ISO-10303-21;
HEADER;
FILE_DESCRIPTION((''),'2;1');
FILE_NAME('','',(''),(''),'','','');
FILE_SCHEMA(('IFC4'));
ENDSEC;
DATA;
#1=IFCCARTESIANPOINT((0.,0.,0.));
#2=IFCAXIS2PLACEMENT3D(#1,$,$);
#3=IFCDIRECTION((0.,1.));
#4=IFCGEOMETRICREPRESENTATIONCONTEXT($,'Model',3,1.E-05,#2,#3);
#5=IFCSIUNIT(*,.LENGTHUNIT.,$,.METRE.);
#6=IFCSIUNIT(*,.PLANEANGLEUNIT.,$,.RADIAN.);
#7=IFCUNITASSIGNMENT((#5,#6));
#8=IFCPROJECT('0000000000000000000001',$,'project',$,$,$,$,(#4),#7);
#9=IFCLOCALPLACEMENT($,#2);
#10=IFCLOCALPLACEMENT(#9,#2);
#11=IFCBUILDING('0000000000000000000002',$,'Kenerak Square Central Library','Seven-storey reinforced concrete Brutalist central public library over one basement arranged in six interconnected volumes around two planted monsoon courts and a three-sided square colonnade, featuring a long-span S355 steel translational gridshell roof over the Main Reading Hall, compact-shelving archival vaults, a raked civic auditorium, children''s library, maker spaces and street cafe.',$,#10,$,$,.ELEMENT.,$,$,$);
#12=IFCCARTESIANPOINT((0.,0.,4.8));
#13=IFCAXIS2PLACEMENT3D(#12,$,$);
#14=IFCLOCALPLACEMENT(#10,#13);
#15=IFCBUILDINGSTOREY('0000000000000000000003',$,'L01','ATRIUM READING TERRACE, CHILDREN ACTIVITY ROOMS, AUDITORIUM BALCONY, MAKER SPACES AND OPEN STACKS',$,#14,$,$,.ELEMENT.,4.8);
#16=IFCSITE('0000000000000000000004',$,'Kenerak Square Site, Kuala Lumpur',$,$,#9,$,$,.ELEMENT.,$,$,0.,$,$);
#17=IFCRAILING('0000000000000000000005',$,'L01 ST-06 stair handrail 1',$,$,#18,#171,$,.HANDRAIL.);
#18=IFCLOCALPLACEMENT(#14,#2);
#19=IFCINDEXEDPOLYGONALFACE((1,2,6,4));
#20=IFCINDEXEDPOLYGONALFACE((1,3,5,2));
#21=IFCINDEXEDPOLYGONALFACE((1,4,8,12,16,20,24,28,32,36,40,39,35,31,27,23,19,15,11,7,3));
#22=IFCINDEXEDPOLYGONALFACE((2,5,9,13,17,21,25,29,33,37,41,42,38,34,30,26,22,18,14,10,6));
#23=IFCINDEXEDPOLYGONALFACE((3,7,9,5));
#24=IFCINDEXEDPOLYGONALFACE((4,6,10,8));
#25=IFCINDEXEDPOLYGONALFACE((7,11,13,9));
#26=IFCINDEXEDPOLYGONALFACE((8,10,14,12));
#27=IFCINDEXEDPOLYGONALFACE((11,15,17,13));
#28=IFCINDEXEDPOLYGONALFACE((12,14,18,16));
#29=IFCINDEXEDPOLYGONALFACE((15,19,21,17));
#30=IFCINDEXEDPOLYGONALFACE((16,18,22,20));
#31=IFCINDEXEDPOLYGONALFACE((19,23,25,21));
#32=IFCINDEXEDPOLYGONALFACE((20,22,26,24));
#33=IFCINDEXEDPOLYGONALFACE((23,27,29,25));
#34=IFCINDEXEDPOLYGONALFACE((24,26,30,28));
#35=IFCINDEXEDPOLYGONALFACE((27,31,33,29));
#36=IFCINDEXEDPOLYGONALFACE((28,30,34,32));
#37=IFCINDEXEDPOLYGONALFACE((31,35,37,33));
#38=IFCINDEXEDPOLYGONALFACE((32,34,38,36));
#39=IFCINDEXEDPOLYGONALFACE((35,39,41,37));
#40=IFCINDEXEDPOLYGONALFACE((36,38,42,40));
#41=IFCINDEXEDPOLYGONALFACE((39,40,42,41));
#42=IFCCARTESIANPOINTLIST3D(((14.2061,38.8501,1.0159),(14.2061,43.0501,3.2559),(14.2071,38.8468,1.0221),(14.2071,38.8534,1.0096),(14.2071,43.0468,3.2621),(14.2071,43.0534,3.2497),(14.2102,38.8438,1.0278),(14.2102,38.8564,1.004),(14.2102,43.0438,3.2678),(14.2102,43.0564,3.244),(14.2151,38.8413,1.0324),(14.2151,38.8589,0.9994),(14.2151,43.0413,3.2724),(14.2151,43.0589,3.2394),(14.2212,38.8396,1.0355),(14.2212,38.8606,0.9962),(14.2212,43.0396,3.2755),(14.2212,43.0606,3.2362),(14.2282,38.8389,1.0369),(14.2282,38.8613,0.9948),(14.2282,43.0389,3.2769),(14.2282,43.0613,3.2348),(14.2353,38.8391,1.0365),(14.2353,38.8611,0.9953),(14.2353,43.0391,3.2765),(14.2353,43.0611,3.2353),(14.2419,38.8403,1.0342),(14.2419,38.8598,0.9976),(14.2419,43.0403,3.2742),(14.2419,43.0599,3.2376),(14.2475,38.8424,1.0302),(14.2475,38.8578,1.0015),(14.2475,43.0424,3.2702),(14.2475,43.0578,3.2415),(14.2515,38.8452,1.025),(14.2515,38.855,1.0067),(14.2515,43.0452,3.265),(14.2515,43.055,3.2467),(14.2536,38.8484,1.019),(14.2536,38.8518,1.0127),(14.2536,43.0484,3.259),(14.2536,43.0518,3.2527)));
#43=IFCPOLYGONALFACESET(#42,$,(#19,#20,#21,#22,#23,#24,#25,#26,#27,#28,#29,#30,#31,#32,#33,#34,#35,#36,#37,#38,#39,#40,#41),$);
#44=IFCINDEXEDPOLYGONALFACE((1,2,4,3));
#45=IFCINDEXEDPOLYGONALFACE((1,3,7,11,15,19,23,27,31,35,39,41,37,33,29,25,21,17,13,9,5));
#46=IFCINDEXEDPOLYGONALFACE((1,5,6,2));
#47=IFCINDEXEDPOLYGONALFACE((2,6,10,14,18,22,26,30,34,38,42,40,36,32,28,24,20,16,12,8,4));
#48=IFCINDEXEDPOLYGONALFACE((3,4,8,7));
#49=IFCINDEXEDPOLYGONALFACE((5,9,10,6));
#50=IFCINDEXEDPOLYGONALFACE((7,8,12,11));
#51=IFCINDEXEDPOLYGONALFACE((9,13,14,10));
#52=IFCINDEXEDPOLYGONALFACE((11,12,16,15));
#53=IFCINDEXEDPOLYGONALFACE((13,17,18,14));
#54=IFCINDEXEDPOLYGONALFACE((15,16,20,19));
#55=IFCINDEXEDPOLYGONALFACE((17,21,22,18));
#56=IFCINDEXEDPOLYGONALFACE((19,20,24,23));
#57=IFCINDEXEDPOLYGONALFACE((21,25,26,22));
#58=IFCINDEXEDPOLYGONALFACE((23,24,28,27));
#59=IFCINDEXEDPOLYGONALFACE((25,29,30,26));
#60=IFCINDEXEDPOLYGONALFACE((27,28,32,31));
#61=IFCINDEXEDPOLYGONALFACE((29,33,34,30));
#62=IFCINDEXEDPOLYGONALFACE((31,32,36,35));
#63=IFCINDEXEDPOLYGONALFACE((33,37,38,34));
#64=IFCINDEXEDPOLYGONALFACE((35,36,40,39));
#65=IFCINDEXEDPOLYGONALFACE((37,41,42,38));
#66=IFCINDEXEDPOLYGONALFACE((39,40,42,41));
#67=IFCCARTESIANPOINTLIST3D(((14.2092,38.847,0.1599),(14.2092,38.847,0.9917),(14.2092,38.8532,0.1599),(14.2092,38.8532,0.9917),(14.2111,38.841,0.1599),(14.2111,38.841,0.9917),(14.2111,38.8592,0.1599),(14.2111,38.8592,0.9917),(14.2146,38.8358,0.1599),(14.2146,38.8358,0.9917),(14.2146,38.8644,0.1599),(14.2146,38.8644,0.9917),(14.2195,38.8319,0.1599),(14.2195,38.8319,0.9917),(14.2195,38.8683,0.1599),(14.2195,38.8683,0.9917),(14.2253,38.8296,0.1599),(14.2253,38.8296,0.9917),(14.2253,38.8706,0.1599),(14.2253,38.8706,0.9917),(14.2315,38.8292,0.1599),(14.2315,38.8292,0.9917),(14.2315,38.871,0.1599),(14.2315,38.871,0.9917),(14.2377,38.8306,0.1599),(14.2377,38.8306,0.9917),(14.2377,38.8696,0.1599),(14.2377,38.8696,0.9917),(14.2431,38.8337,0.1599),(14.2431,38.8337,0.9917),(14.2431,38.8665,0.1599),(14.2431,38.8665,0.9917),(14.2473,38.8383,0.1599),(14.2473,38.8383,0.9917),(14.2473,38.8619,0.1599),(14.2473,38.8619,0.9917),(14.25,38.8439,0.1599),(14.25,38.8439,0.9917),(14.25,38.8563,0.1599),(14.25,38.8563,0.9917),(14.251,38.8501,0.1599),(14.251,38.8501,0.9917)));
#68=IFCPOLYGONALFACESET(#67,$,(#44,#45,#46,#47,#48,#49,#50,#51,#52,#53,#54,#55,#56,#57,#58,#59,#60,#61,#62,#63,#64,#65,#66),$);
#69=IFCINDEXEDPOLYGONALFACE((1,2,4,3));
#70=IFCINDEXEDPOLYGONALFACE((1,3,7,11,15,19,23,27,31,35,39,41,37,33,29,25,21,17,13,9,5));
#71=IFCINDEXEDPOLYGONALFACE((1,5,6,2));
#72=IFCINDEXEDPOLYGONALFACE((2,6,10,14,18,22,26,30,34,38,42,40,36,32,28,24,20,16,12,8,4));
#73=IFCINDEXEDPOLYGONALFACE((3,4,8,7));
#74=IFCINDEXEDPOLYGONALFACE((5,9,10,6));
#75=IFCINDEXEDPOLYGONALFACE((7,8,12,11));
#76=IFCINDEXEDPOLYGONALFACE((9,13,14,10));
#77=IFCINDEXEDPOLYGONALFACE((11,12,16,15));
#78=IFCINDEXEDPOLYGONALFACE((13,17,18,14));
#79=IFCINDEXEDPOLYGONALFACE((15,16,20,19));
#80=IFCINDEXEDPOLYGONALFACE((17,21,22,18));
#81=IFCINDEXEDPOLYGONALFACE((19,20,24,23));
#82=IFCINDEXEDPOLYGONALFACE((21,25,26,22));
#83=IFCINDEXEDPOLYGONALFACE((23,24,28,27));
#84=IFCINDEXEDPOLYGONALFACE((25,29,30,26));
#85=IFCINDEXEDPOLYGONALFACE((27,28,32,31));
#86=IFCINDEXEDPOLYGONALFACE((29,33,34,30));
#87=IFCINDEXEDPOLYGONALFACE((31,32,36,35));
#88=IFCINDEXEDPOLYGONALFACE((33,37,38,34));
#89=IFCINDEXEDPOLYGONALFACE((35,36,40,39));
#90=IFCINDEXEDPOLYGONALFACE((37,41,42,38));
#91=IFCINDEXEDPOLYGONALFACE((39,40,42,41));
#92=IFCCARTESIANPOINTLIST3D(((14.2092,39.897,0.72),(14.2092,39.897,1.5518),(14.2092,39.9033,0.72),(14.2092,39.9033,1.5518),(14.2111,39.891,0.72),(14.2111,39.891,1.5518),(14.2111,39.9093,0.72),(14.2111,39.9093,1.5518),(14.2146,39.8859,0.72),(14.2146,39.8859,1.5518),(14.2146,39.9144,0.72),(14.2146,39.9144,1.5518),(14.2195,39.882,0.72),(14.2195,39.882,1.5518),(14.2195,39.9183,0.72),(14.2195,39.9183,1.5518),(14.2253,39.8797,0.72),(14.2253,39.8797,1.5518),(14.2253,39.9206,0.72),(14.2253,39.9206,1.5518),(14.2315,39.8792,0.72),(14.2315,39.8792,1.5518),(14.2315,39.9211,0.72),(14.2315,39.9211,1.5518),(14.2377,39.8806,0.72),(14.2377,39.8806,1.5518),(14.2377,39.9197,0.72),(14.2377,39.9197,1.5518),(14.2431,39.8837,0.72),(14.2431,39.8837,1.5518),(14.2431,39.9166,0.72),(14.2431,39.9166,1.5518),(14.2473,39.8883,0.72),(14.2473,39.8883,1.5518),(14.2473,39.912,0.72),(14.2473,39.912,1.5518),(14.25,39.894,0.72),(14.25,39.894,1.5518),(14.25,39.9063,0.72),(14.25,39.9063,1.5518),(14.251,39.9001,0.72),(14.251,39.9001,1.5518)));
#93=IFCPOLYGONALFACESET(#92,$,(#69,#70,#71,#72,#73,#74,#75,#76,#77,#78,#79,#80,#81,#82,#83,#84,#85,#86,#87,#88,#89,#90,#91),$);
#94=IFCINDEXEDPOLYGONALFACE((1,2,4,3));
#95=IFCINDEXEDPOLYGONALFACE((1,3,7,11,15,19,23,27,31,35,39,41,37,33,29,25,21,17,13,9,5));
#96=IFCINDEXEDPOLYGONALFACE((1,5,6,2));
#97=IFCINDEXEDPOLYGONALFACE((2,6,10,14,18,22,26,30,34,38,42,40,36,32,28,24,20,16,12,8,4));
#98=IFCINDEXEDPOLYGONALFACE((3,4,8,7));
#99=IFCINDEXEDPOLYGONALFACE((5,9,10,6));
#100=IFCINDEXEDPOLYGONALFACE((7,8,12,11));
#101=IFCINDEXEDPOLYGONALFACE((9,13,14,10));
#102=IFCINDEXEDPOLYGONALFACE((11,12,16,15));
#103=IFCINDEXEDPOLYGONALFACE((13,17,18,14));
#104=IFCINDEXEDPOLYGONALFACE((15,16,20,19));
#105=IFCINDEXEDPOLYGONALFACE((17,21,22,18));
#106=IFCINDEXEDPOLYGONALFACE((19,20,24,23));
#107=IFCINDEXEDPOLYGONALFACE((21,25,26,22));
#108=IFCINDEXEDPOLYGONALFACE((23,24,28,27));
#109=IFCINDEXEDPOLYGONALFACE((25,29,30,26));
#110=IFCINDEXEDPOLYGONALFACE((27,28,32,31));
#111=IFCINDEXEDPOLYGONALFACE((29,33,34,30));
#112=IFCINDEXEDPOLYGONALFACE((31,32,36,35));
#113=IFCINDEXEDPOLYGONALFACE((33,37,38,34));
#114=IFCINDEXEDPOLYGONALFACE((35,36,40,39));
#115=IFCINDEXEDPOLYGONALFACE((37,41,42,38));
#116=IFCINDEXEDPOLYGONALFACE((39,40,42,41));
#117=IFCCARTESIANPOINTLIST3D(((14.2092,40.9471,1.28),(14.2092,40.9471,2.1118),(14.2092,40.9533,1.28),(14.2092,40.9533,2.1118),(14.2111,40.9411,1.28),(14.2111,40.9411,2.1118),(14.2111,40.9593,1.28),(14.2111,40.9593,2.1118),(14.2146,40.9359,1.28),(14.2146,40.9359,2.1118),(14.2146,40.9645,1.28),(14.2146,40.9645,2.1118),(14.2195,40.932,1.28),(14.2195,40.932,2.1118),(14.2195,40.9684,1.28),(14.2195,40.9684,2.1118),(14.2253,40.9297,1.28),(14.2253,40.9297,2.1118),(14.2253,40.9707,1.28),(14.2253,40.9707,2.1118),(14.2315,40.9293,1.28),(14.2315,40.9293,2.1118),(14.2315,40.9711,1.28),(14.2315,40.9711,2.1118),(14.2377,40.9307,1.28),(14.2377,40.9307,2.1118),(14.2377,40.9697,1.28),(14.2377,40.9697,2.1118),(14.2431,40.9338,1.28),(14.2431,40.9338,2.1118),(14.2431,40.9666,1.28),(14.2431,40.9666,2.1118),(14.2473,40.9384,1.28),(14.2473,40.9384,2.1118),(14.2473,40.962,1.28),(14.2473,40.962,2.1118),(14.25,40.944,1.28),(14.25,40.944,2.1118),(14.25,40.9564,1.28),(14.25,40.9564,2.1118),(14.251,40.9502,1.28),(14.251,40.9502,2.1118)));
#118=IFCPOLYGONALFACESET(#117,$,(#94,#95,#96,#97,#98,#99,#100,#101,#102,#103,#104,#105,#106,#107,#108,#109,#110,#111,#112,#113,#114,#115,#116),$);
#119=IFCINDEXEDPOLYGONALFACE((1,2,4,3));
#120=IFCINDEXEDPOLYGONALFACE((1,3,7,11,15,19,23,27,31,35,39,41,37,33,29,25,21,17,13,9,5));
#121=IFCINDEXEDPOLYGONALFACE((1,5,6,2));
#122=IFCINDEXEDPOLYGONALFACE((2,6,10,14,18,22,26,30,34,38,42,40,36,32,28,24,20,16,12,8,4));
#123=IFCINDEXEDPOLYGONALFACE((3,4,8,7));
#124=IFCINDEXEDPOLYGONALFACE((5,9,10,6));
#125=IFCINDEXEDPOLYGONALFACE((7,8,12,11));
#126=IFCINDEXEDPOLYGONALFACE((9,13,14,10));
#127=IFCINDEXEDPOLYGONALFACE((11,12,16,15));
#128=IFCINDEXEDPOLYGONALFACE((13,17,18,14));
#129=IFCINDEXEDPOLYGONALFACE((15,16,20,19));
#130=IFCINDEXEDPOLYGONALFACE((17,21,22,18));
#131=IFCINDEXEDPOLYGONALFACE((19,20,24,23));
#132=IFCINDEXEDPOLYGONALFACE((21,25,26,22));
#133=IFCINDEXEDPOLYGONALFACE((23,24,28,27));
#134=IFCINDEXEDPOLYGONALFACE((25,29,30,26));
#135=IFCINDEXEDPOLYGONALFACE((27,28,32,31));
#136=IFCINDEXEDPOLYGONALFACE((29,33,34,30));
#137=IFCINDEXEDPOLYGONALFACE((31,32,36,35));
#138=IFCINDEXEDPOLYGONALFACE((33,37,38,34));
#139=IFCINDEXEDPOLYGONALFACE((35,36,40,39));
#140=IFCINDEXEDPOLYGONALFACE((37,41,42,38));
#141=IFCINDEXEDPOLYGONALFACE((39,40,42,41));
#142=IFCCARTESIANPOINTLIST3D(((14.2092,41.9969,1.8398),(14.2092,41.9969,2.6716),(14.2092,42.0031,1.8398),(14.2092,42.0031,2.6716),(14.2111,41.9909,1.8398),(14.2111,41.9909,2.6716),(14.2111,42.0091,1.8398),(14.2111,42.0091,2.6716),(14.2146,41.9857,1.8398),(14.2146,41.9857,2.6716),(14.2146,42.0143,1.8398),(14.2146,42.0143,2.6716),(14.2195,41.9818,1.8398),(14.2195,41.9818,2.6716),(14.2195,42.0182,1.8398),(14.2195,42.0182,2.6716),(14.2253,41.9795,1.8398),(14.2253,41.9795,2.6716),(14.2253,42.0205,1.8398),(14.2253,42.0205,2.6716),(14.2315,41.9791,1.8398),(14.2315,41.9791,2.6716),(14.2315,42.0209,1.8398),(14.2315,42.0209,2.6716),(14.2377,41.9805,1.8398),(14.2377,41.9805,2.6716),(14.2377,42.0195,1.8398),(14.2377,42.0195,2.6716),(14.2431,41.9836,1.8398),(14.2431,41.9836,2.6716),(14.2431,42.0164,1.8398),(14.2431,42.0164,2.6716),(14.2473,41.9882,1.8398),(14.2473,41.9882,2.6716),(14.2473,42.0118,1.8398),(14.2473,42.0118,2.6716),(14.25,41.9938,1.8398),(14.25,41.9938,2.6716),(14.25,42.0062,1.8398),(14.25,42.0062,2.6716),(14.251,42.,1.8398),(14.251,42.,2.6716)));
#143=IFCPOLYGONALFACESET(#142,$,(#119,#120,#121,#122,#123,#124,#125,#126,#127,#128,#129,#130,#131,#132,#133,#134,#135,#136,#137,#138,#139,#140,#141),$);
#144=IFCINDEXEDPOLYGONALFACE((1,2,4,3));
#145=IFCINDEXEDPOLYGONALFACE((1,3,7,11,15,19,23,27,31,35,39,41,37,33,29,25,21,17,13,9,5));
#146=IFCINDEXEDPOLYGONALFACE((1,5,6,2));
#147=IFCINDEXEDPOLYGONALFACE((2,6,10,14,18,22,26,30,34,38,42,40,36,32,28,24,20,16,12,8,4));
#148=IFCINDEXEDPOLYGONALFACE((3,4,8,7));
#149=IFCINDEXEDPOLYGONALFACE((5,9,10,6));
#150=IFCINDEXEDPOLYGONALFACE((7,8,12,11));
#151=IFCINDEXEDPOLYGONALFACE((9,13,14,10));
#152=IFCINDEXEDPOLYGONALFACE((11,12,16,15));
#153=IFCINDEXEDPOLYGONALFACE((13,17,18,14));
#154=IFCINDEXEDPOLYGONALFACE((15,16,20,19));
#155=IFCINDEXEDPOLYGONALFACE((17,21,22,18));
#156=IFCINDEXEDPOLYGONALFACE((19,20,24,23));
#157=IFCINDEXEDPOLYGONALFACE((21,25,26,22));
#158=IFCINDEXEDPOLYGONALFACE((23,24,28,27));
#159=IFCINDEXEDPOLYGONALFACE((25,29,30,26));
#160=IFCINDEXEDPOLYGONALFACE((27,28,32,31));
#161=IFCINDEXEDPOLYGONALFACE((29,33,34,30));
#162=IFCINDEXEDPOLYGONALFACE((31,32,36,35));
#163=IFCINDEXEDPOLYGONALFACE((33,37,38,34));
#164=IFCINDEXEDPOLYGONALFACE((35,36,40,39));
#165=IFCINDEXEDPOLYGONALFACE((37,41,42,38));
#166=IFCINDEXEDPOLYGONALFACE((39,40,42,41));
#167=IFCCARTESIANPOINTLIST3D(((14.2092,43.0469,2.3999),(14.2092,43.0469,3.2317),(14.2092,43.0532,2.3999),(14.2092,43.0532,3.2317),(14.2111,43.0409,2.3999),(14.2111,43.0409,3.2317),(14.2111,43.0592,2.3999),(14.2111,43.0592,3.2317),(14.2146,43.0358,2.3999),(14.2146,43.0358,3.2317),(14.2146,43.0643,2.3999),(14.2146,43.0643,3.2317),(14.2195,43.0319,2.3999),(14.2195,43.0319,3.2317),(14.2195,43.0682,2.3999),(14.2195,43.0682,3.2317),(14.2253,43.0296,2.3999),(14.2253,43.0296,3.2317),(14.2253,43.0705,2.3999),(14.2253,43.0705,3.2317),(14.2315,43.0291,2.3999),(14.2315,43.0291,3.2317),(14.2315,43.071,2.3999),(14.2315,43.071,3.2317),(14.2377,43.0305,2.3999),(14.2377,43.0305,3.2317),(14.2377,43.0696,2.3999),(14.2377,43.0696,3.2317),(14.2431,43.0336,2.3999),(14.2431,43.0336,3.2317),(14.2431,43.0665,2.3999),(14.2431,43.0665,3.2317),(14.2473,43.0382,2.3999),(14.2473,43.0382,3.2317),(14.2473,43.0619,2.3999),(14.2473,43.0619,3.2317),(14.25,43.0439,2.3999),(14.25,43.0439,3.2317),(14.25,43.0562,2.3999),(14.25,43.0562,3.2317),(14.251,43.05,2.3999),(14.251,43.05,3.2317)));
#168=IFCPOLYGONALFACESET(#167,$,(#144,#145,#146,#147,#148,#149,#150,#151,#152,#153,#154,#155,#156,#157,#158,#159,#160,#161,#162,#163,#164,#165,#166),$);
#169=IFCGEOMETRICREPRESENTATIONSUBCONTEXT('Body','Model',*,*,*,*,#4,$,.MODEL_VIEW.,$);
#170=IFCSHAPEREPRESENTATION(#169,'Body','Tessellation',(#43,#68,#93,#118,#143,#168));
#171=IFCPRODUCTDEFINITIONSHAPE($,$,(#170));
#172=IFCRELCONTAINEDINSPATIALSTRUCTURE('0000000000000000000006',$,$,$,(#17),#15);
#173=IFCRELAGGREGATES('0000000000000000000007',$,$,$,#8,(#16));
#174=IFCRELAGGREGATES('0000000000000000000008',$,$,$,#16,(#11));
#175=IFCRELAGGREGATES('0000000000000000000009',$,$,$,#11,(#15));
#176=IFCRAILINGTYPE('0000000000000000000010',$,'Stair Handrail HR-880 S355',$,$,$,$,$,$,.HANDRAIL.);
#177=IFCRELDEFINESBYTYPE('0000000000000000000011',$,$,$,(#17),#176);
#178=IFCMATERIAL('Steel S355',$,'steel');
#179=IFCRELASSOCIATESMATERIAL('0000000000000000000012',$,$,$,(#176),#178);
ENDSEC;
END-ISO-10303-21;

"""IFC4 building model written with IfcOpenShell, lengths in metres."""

from ifc_helpers import new_model, si_unit, direction, frame, origin, origin_2d, place, context, subcontext, project, spatial, circle, extrude, material, type_object, element, save


model = new_model("IFC4")

# Units and contexts
model_context = context("Model", 3, precision=1e-05, world=origin(), true_north=direction((0.0, 1.0)))
body_context = subcontext(model_context, "Body", "Model", "MODEL_VIEW")
ifc_project = project(units=[si_unit("LENGTHUNIT", "METRE"), si_unit("PLANEANGLEUNIT", "RADIAN")], contexts=[model_context])

# Site, building, storey
site_placement = place(None, origin())
site = spatial("IfcSite", under=ifc_project, at=site_placement, Name="Kenerak Square Site, Kuala Lumpur", CompositionType="ELEMENT", RefElevation=0.0)
building_placement = place(site_placement, origin())
building = spatial("IfcBuilding", under=site, at=building_placement, Name="Kenerak Square Central Library", Description="Seven-storey reinforced concrete Brutalist central public library over one basement arranged in six interconnected volumes around two planted monsoon courts and a three-sided square colonnade, featuring a long-span S355 steel translational gridshell roof over the Main Reading Hall, compact-shelving archival vaults, a raked civic auditorium, children's library, maker spaces and street cafe.", CompositionType="ELEMENT")
storey_placement = place(building_placement, frame((0.0, 0.0, 4.8)))
storey = spatial("IfcBuildingStorey", under=building, at=storey_placement, Name="L01", Description="ATRIUM READING TERRACE, CHILDREN ACTIVITY ROOMS, AUDITORIUM BALCONY, MAKER SPACES AND OPEN STACKS", CompositionType="ELEMENT", Elevation=4.8)

# Railing
ifc_material_1 = material(Name="Steel S355", Category="steel")
railing_type_1 = type_object("IfcRailingType", Name="Stair Handrail HR-880 S355", PredefinedType="HANDRAIL", material=ifc_material_1)
railing_1_placement = place(storey_placement, frame((14.23, 38.8501, 0.1599)))
element("IfcRailing", 1, at=railing_1_placement, inside=storey, type_object=railing_type_1, Name="L01 ST-06 stair handrail 1", PredefinedType="HANDRAIL", context=body_context, shape_type="SweptSolid", body=[
    extrude(circle(Radius=0.0239, at=origin_2d()), frame((0.0, 0.0, 0.856), z_axis=(0.0, 0.882352, 0.470591), x_axis=(-1.0, 0.0, 0.0)), (0.0, 0.0, 1.0), 4.76),
    extrude(circle(Radius=0.021, at=origin_2d()), origin(), (0.0, 0.0, 1.0), 0.8318),
    extrude(circle(Radius=0.021, at=origin_2d()), frame((0.0, 1.05, 0.5601)), (0.0, 0.0, 1.0), 0.8318),
    extrude(circle(Radius=0.021, at=origin_2d()), frame((0.0, 2.1001, 1.1201)), (0.0, 0.0, 1.0), 0.8318),
    extrude(circle(Radius=0.021, at=origin_2d()), frame((0.0, 3.1499, 1.6799)), (0.0, 0.0, 1.0), 0.8318),
    extrude(circle(Radius=0.021, at=origin_2d()), frame((0.0, 4.2, 2.24)), (0.0, 0.0, 1.0), 0.8318),
])

save(model, "model.ifc")
